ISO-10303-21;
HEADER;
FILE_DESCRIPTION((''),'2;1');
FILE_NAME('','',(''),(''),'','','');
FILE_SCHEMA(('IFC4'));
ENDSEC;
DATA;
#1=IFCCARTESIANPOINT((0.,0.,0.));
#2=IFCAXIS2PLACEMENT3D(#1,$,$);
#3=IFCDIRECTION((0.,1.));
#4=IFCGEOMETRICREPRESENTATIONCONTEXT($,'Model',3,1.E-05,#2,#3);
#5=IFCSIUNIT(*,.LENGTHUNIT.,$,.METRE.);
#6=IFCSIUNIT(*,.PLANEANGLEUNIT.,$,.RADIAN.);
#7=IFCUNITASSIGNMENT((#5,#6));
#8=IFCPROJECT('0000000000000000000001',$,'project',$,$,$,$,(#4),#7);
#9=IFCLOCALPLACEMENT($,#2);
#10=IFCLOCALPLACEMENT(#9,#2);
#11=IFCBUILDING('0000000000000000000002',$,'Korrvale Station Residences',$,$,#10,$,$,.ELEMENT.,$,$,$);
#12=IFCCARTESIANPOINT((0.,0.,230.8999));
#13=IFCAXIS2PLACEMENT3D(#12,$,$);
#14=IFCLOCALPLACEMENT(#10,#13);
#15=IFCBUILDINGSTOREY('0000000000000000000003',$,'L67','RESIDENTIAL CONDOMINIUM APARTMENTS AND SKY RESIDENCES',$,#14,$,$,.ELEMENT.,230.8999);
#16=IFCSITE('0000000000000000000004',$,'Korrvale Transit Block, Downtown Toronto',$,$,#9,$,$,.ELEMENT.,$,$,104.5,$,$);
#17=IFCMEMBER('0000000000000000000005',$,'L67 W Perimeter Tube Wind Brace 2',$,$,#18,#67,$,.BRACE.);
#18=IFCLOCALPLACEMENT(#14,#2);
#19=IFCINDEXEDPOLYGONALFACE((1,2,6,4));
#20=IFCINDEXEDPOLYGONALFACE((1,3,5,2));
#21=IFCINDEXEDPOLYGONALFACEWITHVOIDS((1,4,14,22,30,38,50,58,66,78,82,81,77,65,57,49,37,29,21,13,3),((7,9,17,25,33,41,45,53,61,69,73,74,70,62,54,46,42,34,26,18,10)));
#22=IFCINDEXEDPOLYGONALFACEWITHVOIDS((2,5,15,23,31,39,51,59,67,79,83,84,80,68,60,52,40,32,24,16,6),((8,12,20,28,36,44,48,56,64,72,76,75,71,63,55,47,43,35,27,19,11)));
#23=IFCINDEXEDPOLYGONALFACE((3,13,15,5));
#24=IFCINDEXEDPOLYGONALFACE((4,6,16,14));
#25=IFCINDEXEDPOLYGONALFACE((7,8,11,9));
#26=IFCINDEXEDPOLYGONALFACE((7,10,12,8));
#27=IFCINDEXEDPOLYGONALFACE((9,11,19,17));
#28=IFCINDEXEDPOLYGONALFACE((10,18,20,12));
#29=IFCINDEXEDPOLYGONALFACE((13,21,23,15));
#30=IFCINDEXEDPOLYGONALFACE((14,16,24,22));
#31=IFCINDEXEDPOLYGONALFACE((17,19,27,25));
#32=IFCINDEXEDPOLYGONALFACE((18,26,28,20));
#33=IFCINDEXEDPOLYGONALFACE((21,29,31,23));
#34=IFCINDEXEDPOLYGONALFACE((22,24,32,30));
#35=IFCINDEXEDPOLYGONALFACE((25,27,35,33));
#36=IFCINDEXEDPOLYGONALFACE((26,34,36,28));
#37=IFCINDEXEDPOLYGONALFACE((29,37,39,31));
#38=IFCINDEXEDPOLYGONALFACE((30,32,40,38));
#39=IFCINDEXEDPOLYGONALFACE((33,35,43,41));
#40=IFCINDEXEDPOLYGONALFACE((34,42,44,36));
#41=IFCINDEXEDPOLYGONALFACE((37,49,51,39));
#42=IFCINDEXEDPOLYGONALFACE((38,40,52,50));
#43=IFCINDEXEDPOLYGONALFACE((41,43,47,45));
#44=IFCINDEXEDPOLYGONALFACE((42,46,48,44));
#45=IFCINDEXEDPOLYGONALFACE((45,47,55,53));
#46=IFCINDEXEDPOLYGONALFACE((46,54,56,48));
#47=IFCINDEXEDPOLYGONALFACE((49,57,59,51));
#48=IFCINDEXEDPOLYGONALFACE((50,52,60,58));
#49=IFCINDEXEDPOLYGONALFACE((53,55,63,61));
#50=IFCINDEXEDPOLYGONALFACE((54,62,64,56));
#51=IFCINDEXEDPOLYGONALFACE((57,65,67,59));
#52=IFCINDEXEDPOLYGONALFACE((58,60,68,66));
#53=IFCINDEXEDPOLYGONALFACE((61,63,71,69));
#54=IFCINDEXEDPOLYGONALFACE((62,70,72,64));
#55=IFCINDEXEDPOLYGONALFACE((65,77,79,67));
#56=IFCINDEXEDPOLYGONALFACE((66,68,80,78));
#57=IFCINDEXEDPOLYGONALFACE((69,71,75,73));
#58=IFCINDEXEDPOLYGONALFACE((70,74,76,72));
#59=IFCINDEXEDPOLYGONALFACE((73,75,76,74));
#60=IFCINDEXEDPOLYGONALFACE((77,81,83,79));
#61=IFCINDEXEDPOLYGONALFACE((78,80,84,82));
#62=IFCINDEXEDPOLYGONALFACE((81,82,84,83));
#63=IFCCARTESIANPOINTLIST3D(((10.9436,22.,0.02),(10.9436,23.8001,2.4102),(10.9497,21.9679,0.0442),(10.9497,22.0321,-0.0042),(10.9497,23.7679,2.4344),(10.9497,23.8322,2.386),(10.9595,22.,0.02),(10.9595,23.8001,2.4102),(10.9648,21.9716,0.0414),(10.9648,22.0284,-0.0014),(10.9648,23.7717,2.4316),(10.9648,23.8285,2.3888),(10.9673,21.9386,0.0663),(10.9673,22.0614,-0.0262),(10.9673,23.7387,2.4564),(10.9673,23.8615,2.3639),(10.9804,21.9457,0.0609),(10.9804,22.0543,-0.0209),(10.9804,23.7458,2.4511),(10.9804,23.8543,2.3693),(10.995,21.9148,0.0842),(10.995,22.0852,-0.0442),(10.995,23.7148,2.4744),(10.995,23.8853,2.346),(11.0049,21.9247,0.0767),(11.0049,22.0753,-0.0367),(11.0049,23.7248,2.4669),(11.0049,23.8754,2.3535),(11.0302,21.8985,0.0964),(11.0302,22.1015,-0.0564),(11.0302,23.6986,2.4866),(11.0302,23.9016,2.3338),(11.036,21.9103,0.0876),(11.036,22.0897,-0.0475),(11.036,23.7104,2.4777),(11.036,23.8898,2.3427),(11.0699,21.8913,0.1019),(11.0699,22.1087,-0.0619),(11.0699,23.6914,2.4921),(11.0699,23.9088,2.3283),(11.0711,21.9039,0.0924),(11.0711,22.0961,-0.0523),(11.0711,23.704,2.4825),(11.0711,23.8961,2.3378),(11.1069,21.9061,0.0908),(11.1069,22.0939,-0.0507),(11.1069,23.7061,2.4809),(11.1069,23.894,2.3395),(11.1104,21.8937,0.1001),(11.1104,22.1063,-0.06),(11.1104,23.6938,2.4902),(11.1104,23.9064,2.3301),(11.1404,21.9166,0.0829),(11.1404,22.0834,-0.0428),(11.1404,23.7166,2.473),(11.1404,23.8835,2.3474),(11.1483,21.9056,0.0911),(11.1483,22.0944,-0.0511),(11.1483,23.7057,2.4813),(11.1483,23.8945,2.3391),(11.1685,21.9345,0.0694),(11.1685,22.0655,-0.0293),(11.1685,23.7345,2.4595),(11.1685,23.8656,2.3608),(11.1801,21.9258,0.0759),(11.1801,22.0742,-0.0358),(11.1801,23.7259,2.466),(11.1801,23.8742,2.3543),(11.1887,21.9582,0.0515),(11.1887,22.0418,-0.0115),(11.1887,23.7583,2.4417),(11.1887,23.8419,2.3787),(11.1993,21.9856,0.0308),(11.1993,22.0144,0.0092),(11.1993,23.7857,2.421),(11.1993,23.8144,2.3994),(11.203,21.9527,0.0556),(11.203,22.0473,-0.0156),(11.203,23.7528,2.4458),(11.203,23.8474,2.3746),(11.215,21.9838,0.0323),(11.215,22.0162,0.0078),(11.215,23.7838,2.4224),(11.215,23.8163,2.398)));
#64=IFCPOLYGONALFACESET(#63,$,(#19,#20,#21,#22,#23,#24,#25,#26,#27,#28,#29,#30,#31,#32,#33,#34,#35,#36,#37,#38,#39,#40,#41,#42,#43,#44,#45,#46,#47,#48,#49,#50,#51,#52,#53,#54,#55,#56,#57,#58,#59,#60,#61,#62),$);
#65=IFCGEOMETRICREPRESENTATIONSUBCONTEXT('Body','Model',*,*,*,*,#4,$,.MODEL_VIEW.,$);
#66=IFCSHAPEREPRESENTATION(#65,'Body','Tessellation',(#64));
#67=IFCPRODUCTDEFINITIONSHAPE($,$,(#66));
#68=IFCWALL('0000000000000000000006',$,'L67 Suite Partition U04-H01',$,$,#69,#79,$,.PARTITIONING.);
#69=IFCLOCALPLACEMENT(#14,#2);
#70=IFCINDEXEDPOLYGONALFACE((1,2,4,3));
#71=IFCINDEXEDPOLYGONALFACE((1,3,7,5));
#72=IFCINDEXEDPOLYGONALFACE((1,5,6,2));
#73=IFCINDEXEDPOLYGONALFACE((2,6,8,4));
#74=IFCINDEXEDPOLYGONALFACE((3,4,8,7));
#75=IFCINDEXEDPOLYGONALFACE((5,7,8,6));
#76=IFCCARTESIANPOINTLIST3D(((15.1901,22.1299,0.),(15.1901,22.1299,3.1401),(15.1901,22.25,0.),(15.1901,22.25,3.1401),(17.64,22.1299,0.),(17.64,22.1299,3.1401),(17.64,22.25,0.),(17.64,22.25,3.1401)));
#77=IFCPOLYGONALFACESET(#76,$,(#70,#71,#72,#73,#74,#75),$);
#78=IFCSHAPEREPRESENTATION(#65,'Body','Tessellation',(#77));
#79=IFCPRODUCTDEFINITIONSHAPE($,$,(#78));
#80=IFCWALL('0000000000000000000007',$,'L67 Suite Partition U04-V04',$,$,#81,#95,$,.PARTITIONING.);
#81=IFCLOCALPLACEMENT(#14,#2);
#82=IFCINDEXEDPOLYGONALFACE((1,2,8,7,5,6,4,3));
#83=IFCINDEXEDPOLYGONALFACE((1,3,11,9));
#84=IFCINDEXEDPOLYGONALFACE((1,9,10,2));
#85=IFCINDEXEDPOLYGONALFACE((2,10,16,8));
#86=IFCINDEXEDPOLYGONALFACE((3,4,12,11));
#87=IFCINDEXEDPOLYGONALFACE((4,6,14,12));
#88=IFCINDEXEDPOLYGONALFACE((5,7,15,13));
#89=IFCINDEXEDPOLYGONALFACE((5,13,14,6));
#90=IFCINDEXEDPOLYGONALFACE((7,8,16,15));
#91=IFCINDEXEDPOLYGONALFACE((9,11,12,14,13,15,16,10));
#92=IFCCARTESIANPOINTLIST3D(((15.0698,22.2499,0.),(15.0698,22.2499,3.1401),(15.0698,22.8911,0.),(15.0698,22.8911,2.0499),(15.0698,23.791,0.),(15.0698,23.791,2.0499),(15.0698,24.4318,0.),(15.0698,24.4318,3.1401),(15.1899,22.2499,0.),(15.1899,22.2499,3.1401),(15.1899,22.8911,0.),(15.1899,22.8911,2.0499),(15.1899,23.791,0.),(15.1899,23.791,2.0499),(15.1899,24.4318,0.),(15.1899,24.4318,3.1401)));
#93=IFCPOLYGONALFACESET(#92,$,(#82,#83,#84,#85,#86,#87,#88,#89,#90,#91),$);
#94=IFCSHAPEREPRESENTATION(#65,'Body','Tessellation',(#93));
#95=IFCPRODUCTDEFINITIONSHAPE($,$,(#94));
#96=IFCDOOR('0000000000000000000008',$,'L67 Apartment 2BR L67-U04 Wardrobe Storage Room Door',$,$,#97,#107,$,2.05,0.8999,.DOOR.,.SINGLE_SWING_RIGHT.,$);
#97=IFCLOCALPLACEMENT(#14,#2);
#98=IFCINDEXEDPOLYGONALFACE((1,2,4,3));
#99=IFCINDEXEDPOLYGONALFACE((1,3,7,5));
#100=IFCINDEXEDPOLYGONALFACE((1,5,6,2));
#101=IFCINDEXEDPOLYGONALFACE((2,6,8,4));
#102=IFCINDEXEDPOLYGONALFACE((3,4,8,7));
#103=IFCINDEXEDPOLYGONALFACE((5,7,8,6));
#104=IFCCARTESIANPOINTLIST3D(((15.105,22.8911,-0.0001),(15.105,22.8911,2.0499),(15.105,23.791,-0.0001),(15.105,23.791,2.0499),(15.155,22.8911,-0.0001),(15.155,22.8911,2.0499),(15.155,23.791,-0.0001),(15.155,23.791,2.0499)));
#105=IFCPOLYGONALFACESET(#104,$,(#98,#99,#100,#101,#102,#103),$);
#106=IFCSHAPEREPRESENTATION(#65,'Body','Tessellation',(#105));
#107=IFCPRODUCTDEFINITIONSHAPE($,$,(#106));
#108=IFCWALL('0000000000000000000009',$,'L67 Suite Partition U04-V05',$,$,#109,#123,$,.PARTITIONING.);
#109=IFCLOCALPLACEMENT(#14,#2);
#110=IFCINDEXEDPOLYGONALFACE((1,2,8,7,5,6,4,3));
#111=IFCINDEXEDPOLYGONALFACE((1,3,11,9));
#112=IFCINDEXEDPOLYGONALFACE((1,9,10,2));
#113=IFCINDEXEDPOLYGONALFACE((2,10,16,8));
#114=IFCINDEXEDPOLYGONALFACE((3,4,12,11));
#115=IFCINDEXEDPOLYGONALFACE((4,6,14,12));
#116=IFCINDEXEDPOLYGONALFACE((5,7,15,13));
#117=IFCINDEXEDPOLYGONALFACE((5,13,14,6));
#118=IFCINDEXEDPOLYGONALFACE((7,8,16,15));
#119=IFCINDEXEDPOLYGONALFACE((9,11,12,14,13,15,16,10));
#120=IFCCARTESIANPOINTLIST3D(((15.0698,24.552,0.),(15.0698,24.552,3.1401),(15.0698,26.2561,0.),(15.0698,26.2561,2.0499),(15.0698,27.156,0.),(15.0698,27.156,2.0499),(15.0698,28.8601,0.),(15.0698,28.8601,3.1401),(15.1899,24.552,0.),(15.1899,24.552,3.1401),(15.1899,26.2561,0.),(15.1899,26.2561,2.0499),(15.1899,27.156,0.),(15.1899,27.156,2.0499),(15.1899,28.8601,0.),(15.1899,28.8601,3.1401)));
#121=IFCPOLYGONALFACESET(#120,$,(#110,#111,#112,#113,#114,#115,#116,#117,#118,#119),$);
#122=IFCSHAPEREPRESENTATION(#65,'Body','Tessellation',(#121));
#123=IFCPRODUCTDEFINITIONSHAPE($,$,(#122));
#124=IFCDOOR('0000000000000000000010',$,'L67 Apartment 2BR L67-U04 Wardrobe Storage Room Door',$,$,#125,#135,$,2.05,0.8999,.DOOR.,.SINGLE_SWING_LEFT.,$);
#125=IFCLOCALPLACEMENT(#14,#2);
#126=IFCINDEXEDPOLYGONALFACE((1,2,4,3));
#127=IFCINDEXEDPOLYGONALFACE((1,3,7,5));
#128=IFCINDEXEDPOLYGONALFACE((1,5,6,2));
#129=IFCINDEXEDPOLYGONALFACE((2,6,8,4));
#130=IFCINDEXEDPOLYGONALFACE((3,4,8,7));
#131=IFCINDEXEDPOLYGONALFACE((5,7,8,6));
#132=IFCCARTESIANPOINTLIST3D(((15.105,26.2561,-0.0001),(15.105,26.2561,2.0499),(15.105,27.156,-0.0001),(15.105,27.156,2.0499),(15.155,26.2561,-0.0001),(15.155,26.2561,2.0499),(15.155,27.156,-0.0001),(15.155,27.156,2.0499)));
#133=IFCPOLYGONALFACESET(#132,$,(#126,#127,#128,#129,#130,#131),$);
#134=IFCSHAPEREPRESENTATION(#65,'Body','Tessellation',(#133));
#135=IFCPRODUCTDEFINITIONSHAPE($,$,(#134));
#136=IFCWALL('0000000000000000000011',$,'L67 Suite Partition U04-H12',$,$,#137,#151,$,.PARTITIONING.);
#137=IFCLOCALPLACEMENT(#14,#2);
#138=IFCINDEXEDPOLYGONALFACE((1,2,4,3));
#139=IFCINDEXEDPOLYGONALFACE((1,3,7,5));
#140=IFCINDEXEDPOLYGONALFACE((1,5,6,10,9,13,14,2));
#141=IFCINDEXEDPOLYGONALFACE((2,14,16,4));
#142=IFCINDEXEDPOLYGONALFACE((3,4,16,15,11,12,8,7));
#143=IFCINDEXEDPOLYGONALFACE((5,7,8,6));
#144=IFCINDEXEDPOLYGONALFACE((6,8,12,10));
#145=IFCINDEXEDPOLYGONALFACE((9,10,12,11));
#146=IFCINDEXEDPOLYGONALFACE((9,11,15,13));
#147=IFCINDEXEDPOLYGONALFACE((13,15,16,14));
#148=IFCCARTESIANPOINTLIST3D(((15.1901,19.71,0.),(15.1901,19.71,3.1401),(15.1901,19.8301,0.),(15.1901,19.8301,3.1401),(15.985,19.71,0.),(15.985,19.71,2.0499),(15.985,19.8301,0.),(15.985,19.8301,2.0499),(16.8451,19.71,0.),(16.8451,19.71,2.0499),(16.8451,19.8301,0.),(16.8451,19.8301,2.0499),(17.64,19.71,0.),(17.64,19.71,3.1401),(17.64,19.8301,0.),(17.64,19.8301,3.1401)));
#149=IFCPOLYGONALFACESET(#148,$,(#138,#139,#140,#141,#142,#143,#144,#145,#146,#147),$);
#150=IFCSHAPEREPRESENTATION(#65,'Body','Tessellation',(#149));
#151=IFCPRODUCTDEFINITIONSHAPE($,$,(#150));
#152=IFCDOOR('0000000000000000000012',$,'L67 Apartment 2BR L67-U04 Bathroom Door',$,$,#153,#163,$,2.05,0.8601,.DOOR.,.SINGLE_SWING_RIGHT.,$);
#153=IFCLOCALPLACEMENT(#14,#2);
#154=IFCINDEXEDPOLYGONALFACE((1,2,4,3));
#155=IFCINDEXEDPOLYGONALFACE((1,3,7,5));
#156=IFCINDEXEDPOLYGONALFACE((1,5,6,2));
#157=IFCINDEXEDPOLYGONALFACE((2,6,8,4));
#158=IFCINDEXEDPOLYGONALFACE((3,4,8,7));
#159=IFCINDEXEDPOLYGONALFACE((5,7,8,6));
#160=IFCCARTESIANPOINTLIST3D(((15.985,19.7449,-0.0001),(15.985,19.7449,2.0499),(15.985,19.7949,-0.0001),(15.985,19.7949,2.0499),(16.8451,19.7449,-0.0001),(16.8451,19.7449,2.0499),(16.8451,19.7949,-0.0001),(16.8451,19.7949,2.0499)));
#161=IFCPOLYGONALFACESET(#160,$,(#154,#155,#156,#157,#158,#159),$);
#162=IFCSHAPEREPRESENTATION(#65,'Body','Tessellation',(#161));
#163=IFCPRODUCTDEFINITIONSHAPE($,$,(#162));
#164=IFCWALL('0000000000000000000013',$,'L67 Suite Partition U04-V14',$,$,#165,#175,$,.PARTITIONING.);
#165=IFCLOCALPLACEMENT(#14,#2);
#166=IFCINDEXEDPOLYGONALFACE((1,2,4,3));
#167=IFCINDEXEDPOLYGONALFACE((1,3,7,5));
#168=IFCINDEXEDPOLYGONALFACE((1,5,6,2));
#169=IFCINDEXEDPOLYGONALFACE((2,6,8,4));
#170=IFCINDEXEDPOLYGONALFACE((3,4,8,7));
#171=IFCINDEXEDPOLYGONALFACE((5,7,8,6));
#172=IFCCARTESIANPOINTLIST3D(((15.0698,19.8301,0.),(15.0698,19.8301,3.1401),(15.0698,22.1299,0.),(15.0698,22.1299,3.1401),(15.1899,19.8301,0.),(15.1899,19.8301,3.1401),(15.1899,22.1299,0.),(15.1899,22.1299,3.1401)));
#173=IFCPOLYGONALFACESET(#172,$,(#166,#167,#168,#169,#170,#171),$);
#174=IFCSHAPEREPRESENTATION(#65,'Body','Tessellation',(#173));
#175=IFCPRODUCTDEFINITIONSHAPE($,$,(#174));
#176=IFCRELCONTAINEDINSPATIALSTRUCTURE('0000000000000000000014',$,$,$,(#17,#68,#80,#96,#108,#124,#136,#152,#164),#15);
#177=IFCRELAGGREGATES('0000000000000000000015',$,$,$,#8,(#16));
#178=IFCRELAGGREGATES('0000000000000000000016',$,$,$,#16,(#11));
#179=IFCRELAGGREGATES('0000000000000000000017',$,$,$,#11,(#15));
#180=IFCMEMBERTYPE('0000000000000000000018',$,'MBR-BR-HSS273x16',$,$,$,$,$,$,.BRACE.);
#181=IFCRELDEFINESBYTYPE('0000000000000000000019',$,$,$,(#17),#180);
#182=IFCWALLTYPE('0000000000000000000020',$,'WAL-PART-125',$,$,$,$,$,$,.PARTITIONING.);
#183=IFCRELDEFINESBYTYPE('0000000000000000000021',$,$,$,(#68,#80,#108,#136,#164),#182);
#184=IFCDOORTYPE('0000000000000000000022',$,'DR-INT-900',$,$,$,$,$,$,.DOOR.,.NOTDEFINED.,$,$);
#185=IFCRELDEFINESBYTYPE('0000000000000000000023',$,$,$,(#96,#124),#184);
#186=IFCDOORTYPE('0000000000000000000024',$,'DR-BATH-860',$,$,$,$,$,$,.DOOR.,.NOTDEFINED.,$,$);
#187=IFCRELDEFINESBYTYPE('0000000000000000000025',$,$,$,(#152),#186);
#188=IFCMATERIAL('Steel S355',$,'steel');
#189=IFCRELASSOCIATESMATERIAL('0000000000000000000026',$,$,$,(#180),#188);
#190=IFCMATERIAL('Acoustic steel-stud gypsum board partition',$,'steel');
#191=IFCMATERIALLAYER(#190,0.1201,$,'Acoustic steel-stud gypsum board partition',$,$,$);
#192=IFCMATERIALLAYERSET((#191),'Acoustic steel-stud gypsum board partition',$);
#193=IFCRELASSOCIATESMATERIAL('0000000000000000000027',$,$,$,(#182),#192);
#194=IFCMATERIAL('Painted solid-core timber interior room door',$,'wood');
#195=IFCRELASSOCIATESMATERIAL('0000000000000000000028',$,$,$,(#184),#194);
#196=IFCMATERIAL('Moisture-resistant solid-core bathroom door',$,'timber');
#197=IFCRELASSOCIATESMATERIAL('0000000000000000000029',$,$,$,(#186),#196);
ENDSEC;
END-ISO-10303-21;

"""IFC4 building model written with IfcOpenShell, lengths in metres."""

from ifc_helpers import new_model, si_unit, direction, frame, frame_2d, origin, origin_2d, place, context, subcontext, project, spatial, rectangle, hollow_circle, extrude, material, layer, layer_set, material_profile, profile_set, type_object, element, fill, save


model = new_model("IFC4")

# Units and contexts
model_context = context("Model", 3, precision=1e-05, world=origin(), true_north=direction((0.0, 1.0)))
body_context = subcontext(model_context, "Body", "Model", "MODEL_VIEW")
ifc_project = project(units=[si_unit("LENGTHUNIT", "METRE"), si_unit("PLANEANGLEUNIT", "RADIAN")], contexts=[model_context])

# Site, building, storey
site_placement = place(None, origin())
site = spatial("IfcSite", under=ifc_project, at=site_placement, Name="Korrvale Transit Block, Downtown Toronto", CompositionType="ELEMENT", RefElevation=104.5)
building_placement = place(site_placement, origin())
building = spatial("IfcBuilding", under=site, at=building_placement, Name="Korrvale Station Residences", CompositionType="ELEMENT")
storey_placement = place(building_placement, frame((0.0, 0.0, 230.8999)))
storey = spatial("IfcBuildingStorey", under=building, at=storey_placement, Name="L67", Description="RESIDENTIAL CONDOMINIUM APARTMENTS AND SKY RESIDENCES", CompositionType="ELEMENT", Elevation=230.8999)

# Shared definitions
ifc_material_1 = material(Name="Steel S355", Category="steel")

# Member
ifc_material_profile_1 = material_profile(ifc_material_1, hollow_circle(Radius=0.1365, WallThickness=0.0159, at=origin_2d()), Name="HSS273x16")
ifc_profile_set_1 = profile_set([ifc_material_profile_1], Name="Steel S355")
member_type = type_object("IfcMemberType", Name="MBR-BR-HSS273x16", PredefinedType="BRACE", material=ifc_profile_set_1)
for number, where, z_axis, x_axis, name in (
    (1, (11.0801, 22.0, 0.02), (0.0, 0.601592, 0.798804), (-1.0, 0.0, 0.0), "L67 W Perimeter Tube Wind Brace 2"),
):
    element("IfcMember", number, at=place(storey_placement, frame(where, z_axis=z_axis, x_axis=x_axis)), inside=storey, type_object=member_type, Name=name, PredefinedType="BRACE", context=body_context, shape_type="SweptSolid", body=[
        extrude(hollow_circle(Radius=0.1365, WallThickness=0.0159, at=origin_2d()), origin(), (0.0, 0.0, 1.0), 2.9922),
    ])

# Wall
ifc_material_2 = material(Name="Acoustic steel-stud gypsum board partition", Category="steel")
ifc_layer_1 = layer(ifc_material_2, 0.1201, Name="Acoustic steel-stud gypsum board partition")
ifc_layer_set_1 = layer_set([ifc_layer_1], Name="Acoustic steel-stud gypsum board partition")
wall_type_1 = type_object("IfcWallType", Name="WAL-PART-125", PredefinedType="PARTITIONING", material=ifc_layer_set_1)
wall_1_placement = place(storey_placement, frame((15.1899, 22.1899, 0.0), z_axis=(0.0, 0.0, 1.0), x_axis=(1.0, 0.0, 0.0)))
element("IfcWall", 2, at=wall_1_placement, inside=storey, type_object=wall_type_1, Name="L67 Suite Partition U04-H01", PredefinedType="PARTITIONING", context=body_context, shape_type="SweptSolid", body=[
    extrude(rectangle(XDim=2.45, YDim=0.1201, at=frame_2d((1.2251, 0.0))), origin(), (0.0, 0.0, 1.0), 3.1401),
])

# Walls, openings, doors
wall_2_placement = place(storey_placement, frame((15.1299, 22.25, 0.0), z_axis=(0.0, 0.0, 1.0), x_axis=(0.0, 1.0, 0.0)))
wall_2 = element("IfcWall", 3, at=wall_2_placement, inside=storey, type_object=wall_type_1, Name="L67 Suite Partition U04-V04", PredefinedType="PARTITIONING", context=body_context, shape_type="SweptSolid", body=[
    extrude(rectangle(XDim=2.1819, YDim=0.1201, at=frame_2d((1.0908, 0.0))), origin(), (0.0, 0.0, 1.0), 3.1401),
])
opening_1_placement = place(wall_2_placement, frame((0.6411, 0.0, 0.0)))
opening_1 = element("IfcOpeningElement", 4, at=opening_1_placement, cuts=wall_2, PredefinedType="OPENING", context=body_context, shape_type="SweptSolid", body=[
    extrude(rectangle(XDim=0.8999, YDim=2.05, at=frame_2d((0.45, 1.0249))), frame((0.0, 0.0701, 0.0), z_axis=(0.0, -1.0, 0.0), x_axis=(1.0, 0.0, 0.0)), (0.0, 0.0, 1.0), 0.1401),
])
ifc_material_3 = material(Name="Painted solid-core timber interior room door", Category="wood")
door_type_1 = type_object("IfcDoorType", Name="DR-INT-900", OperationType="NOTDEFINED", PredefinedType="DOOR", material=ifc_material_3)
door_1_placement = place(opening_1_placement, origin())
door_1 = element("IfcDoor", 5, at=door_1_placement, inside=storey, type_object=door_type_1, Name="L67 Apartment 2BR L67-U04 Wardrobe Storage Room Door", OperationType="SINGLE_SWING_RIGHT", OverallHeight=2.05, OverallWidth=0.8999, PredefinedType="DOOR", context=body_context, shape_type="SweptSolid", body=[
    extrude(rectangle(XDim=0.8999, YDim=2.05, at=frame_2d((0.45, 1.0249))), frame((0.0, 0.0249, 0.0), z_axis=(0.0, -1.0, 0.0), x_axis=(1.0, 0.0, 0.0)), (0.0, 0.0, 1.0), 0.05),
])
fill(opening_1, door_1)
wall_3_placement = place(storey_placement, frame((15.1299, 24.552, 0.0), z_axis=(0.0, 0.0, 1.0), x_axis=(0.0, 1.0, 0.0)))
wall_3 = element("IfcWall", 6, at=wall_3_placement, inside=storey, type_object=wall_type_1, Name="L67 Suite Partition U04-V05", PredefinedType="PARTITIONING", context=body_context, shape_type="SweptSolid", body=[
    extrude(rectangle(XDim=4.3081, YDim=0.1201, at=frame_2d((2.1541, 0.0))), origin(), (0.0, 0.0, 1.0), 3.1401),
])
opening_2_placement = place(wall_3_placement, frame((1.7041, 0.0, 0.0)))
opening_2 = element("IfcOpeningElement", 7, at=opening_2_placement, cuts=wall_3, PredefinedType="OPENING", context=body_context, shape_type="SweptSolid", body=[
    extrude(rectangle(XDim=0.8999, YDim=2.05, at=frame_2d((0.45, 1.0249))), frame((0.0, 0.0701, 0.0), z_axis=(0.0, -1.0, 0.0), x_axis=(1.0, 0.0, 0.0)), (0.0, 0.0, 1.0), 0.1401),
])
door_2_placement = place(opening_2_placement, origin())
door_2 = element("IfcDoor", 8, at=door_2_placement, inside=storey, type_object=door_type_1, Name="L67 Apartment 2BR L67-U04 Wardrobe Storage Room Door", OperationType="SINGLE_SWING_LEFT", OverallHeight=2.05, OverallWidth=0.8999, PredefinedType="DOOR", context=body_context, shape_type="SweptSolid", body=[
    extrude(rectangle(XDim=0.8999, YDim=2.05, at=frame_2d((0.45, 1.0249))), frame((0.0, 0.0249, 0.0), z_axis=(0.0, -1.0, 0.0), x_axis=(1.0, 0.0, 0.0)), (0.0, 0.0, 1.0), 0.05),
])
fill(opening_2, door_2)
wall_4_placement = place(storey_placement, frame((15.1899, 19.77, 0.0), z_axis=(0.0, 0.0, 1.0), x_axis=(1.0, 0.0, 0.0)))
wall_4 = element("IfcWall", 9, at=wall_4_placement, inside=storey, type_object=wall_type_1, Name="L67 Suite Partition U04-H12", PredefinedType="PARTITIONING", context=body_context, shape_type="SweptSolid", body=[
    extrude(rectangle(XDim=2.45, YDim=0.1201, at=frame_2d((1.2251, 0.0))), origin(), (0.0, 0.0, 1.0), 3.1401),
])
opening_3_placement = place(wall_4_placement, frame((0.7949, 0.0, 0.0)))
opening_3 = element("IfcOpeningElement", 10, at=opening_3_placement, cuts=wall_4, PredefinedType="OPENING", context=body_context, shape_type="SweptSolid", body=[
    extrude(rectangle(XDim=0.8601, YDim=2.05, at=frame_2d((0.4302, 1.0249))), frame((0.0, 0.0701, 0.0), z_axis=(0.0, -1.0, 0.0), x_axis=(1.0, 0.0, 0.0)), (0.0, 0.0, 1.0), 0.1401),
])
ifc_material_4 = material(Name="Moisture-resistant solid-core bathroom door", Category="timber")
door_type_2 = type_object("IfcDoorType", Name="DR-BATH-860", OperationType="NOTDEFINED", PredefinedType="DOOR", material=ifc_material_4)
door_3_placement = place(opening_3_placement, origin())
door_3 = element("IfcDoor", 11, at=door_3_placement, inside=storey, type_object=door_type_2, Name="L67 Apartment 2BR L67-U04 Bathroom Door", OperationType="SINGLE_SWING_RIGHT", OverallHeight=2.05, OverallWidth=0.8601, PredefinedType="DOOR", context=body_context, shape_type="SweptSolid", body=[
    extrude(rectangle(XDim=0.8601, YDim=2.05, at=frame_2d((0.4302, 1.0249))), frame((0.0, 0.0249, 0.0), z_axis=(0.0, -1.0, 0.0), x_axis=(1.0, 0.0, 0.0)), (0.0, 0.0, 1.0), 0.05),
])
fill(opening_3, door_3)

# Wall
wall_5_placement = place(storey_placement, frame((15.1299, 19.8301, 0.0), z_axis=(0.0, 0.0, 1.0), x_axis=(0.0, 1.0, 0.0)))
element("IfcWall", 12, at=wall_5_placement, inside=storey, type_object=wall_type_1, Name="L67 Suite Partition U04-V14", PredefinedType="PARTITIONING", context=body_context, shape_type="SweptSolid", body=[
    extrude(rectangle(XDim=2.2998, YDim=0.1201, at=frame_2d((1.1499, 0.0))), origin(), (0.0, 0.0, 1.0), 3.1401),
])

save(model, "model.ifc")
